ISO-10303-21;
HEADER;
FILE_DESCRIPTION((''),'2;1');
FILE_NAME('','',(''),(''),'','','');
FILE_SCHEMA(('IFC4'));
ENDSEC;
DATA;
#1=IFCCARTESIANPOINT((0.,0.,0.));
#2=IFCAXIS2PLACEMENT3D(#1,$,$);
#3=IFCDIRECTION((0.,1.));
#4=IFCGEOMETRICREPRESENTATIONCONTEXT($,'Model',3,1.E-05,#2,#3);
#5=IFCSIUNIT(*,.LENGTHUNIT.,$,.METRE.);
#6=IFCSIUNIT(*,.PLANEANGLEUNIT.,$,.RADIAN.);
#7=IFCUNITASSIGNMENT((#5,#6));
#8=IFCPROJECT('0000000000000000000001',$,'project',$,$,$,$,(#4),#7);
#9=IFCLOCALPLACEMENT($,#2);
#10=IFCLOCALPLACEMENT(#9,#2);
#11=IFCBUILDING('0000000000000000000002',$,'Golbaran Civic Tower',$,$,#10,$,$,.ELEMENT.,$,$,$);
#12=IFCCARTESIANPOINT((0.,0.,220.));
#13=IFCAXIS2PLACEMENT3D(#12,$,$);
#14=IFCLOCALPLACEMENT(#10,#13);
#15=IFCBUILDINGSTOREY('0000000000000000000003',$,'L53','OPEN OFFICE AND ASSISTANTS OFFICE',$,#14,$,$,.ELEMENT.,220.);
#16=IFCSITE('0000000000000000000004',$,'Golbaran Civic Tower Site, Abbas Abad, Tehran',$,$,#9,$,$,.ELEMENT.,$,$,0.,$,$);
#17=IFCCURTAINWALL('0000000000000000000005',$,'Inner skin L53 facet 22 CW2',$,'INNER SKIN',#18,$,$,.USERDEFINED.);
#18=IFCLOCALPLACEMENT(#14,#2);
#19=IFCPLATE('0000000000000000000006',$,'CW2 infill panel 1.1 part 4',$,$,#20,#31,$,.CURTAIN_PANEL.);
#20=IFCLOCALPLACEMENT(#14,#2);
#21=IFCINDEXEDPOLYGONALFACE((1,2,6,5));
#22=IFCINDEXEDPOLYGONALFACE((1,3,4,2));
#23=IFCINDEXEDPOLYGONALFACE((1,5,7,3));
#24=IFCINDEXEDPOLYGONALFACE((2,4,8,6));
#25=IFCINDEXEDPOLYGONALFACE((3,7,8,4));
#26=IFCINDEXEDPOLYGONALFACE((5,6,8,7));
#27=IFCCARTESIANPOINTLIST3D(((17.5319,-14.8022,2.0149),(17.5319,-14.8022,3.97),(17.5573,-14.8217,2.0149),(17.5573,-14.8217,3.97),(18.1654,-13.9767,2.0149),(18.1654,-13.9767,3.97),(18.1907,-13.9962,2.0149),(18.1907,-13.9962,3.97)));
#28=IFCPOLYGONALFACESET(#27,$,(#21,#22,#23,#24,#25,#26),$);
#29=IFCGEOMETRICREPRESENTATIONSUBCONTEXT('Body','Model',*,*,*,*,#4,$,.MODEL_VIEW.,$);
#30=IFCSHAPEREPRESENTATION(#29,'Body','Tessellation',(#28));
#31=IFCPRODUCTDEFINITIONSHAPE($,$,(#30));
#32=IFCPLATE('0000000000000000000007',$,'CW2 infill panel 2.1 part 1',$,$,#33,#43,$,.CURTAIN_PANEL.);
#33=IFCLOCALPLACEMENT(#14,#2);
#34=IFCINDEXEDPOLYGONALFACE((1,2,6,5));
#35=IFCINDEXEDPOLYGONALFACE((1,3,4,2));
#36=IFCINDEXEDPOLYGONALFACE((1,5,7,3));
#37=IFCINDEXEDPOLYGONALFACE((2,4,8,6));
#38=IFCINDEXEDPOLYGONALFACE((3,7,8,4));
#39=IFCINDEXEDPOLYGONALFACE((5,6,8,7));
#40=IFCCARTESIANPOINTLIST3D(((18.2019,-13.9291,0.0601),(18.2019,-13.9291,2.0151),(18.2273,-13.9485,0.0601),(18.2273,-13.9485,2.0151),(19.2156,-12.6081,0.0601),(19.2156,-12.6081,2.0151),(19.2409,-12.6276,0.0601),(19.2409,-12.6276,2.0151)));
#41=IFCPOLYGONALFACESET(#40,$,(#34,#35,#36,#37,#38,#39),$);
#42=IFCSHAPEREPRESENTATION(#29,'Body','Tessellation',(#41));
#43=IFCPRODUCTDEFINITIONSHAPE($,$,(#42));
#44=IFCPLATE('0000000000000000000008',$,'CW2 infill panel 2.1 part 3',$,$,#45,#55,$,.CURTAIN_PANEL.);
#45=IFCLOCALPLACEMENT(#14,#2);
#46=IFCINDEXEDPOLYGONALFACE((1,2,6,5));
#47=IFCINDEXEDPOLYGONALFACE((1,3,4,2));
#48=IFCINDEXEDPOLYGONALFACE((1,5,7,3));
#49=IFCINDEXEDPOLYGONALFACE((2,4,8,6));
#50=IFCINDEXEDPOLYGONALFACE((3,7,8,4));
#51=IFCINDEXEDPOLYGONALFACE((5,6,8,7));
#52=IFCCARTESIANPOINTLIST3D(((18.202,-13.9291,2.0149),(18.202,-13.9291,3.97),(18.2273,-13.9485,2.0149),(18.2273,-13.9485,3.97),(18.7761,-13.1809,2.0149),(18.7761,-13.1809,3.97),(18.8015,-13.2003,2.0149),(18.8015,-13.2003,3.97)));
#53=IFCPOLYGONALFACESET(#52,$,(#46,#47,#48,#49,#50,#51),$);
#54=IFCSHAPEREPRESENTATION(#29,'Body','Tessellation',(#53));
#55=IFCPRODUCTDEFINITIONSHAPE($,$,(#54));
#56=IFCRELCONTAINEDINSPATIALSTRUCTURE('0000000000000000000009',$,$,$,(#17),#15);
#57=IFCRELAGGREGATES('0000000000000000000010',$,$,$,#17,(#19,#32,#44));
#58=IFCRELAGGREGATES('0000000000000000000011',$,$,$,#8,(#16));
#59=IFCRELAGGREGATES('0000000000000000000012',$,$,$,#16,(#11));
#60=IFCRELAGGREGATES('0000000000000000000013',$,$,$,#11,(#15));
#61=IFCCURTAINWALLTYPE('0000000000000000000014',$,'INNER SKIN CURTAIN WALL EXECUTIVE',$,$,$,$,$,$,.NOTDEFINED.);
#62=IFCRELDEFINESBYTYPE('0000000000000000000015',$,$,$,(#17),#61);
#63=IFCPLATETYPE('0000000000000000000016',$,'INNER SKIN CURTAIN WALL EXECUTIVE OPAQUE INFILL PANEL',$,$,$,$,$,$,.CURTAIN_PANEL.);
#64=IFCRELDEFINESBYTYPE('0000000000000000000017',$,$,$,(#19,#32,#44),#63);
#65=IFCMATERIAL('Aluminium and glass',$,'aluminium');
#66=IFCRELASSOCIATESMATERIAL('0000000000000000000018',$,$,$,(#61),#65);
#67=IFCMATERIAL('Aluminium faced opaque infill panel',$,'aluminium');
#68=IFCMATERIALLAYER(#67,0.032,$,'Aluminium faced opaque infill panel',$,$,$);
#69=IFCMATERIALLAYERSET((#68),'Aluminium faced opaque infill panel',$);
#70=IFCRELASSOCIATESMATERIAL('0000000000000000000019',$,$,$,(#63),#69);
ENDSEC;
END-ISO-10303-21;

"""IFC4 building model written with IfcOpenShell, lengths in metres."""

from ifc_helpers import new_model, si_unit, direction, frame, origin, origin_2d, place, context, subcontext, project, spatial, rectangle, extrude, material, layer, layer_set, type_object, element, aggregate, save


model = new_model("IFC4")

# Units and contexts
model_context = context("Model", 3, precision=1e-05, world=origin(), true_north=direction((0.0, 1.0)))
body_context = subcontext(model_context, "Body", "Model", "MODEL_VIEW")
ifc_project = project(units=[si_unit("LENGTHUNIT", "METRE"), si_unit("PLANEANGLEUNIT", "RADIAN")], contexts=[model_context])

# Site, building, storey
site_placement = place(None, origin())
site = spatial("IfcSite", under=ifc_project, at=site_placement, Name="Golbaran Civic Tower Site, Abbas Abad, Tehran", CompositionType="ELEMENT", RefElevation=0.0)
building_placement = place(site_placement, origin())
building = spatial("IfcBuilding", under=site, at=building_placement, Name="Golbaran Civic Tower", CompositionType="ELEMENT")
storey_placement = place(building_placement, frame((0.0, 0.0, 220.0)))
storey = spatial("IfcBuildingStorey", under=building, at=storey_placement, Name="L53", Description="OPEN OFFICE AND ASSISTANTS OFFICE", CompositionType="ELEMENT", Elevation=220.0)

# Shared definitions
ifc_material_1 = material(Name="Aluminium and glass", Category="aluminium")
curtain_wall_type = type_object("IfcCurtainWallType", Name="INNER SKIN CURTAIN WALL EXECUTIVE", PredefinedType="NOTDEFINED", material=ifc_material_1)

# Curtain wall
curtain_wall_1_placement = place(storey_placement, origin())
curtain_wall_1 = element("IfcCurtainWall", 1, at=curtain_wall_1_placement, inside=storey, type_object=curtain_wall_type, Name="Inner skin L53 facet 22 CW2", ObjectType="INNER SKIN", PredefinedType="USERDEFINED")

# Plates
ifc_material_2 = material(Name="Aluminium faced opaque infill panel", Category="aluminium")
ifc_layer_1 = layer(ifc_material_2, 0.032, Name="Aluminium faced opaque infill panel")
ifc_layer_set_1 = layer_set([ifc_layer_1], Name="Aluminium faced opaque infill panel")
plate_type_1 = type_object("IfcPlateType", Name="INNER SKIN CURTAIN WALL EXECUTIVE OPAQUE INFILL PANEL", PredefinedType="CURTAIN_PANEL", material=ifc_layer_set_1)
plate_1_placement = place(storey_placement, frame((17.8613, -14.3992, 2.0149), z_axis=(0.0, 0.0, 1.0), x_axis=(0.608761, 0.793353, 0.0)))
plate_1 = element("IfcPlate", 2, at=plate_1_placement, type_object=plate_type_1, Name="CW2 infill panel 1.1 part 4", PredefinedType="CURTAIN_PANEL", context=body_context, shape_type="SweptSolid", body=[
    extrude(rectangle(XDim=1.0405, YDim=0.032, at=origin_2d()), origin(), (0.0, 0.0, 1.0), 1.9551),
])
plate_2_placement = place(storey_placement, frame((18.7214, -13.2783, 0.0601), z_axis=(0.0, 0.0, 1.0), x_axis=(0.608761, 0.793353, 0.0)))
plate_2 = element("IfcPlate", 3, at=plate_2_placement, type_object=plate_type_1, Name="CW2 infill panel 2.1 part 1", PredefinedType="CURTAIN_PANEL", context=body_context, shape_type="SweptSolid", body=[
    extrude(rectangle(XDim=1.665, YDim=0.032, at=origin_2d()), origin(), (0.0, 0.0, 1.0), 1.9551),
])
plate_3_placement = place(storey_placement, frame((18.5017, -13.5647, 2.0149), z_axis=(0.0, 0.0, 1.0), x_axis=(0.608761, 0.793353, 0.0)))
plate_3 = element("IfcPlate", 4, at=plate_3_placement, type_object=plate_type_1, Name="CW2 infill panel 2.1 part 3", PredefinedType="CURTAIN_PANEL", context=body_context, shape_type="SweptSolid", body=[
    extrude(rectangle(XDim=0.9431, YDim=0.032, at=origin_2d()), origin(), (0.0, 0.0, 1.0), 1.9551),
])
aggregate(curtain_wall_1, [plate_1, plate_2, plate_3])

save(model, "model.ifc")
